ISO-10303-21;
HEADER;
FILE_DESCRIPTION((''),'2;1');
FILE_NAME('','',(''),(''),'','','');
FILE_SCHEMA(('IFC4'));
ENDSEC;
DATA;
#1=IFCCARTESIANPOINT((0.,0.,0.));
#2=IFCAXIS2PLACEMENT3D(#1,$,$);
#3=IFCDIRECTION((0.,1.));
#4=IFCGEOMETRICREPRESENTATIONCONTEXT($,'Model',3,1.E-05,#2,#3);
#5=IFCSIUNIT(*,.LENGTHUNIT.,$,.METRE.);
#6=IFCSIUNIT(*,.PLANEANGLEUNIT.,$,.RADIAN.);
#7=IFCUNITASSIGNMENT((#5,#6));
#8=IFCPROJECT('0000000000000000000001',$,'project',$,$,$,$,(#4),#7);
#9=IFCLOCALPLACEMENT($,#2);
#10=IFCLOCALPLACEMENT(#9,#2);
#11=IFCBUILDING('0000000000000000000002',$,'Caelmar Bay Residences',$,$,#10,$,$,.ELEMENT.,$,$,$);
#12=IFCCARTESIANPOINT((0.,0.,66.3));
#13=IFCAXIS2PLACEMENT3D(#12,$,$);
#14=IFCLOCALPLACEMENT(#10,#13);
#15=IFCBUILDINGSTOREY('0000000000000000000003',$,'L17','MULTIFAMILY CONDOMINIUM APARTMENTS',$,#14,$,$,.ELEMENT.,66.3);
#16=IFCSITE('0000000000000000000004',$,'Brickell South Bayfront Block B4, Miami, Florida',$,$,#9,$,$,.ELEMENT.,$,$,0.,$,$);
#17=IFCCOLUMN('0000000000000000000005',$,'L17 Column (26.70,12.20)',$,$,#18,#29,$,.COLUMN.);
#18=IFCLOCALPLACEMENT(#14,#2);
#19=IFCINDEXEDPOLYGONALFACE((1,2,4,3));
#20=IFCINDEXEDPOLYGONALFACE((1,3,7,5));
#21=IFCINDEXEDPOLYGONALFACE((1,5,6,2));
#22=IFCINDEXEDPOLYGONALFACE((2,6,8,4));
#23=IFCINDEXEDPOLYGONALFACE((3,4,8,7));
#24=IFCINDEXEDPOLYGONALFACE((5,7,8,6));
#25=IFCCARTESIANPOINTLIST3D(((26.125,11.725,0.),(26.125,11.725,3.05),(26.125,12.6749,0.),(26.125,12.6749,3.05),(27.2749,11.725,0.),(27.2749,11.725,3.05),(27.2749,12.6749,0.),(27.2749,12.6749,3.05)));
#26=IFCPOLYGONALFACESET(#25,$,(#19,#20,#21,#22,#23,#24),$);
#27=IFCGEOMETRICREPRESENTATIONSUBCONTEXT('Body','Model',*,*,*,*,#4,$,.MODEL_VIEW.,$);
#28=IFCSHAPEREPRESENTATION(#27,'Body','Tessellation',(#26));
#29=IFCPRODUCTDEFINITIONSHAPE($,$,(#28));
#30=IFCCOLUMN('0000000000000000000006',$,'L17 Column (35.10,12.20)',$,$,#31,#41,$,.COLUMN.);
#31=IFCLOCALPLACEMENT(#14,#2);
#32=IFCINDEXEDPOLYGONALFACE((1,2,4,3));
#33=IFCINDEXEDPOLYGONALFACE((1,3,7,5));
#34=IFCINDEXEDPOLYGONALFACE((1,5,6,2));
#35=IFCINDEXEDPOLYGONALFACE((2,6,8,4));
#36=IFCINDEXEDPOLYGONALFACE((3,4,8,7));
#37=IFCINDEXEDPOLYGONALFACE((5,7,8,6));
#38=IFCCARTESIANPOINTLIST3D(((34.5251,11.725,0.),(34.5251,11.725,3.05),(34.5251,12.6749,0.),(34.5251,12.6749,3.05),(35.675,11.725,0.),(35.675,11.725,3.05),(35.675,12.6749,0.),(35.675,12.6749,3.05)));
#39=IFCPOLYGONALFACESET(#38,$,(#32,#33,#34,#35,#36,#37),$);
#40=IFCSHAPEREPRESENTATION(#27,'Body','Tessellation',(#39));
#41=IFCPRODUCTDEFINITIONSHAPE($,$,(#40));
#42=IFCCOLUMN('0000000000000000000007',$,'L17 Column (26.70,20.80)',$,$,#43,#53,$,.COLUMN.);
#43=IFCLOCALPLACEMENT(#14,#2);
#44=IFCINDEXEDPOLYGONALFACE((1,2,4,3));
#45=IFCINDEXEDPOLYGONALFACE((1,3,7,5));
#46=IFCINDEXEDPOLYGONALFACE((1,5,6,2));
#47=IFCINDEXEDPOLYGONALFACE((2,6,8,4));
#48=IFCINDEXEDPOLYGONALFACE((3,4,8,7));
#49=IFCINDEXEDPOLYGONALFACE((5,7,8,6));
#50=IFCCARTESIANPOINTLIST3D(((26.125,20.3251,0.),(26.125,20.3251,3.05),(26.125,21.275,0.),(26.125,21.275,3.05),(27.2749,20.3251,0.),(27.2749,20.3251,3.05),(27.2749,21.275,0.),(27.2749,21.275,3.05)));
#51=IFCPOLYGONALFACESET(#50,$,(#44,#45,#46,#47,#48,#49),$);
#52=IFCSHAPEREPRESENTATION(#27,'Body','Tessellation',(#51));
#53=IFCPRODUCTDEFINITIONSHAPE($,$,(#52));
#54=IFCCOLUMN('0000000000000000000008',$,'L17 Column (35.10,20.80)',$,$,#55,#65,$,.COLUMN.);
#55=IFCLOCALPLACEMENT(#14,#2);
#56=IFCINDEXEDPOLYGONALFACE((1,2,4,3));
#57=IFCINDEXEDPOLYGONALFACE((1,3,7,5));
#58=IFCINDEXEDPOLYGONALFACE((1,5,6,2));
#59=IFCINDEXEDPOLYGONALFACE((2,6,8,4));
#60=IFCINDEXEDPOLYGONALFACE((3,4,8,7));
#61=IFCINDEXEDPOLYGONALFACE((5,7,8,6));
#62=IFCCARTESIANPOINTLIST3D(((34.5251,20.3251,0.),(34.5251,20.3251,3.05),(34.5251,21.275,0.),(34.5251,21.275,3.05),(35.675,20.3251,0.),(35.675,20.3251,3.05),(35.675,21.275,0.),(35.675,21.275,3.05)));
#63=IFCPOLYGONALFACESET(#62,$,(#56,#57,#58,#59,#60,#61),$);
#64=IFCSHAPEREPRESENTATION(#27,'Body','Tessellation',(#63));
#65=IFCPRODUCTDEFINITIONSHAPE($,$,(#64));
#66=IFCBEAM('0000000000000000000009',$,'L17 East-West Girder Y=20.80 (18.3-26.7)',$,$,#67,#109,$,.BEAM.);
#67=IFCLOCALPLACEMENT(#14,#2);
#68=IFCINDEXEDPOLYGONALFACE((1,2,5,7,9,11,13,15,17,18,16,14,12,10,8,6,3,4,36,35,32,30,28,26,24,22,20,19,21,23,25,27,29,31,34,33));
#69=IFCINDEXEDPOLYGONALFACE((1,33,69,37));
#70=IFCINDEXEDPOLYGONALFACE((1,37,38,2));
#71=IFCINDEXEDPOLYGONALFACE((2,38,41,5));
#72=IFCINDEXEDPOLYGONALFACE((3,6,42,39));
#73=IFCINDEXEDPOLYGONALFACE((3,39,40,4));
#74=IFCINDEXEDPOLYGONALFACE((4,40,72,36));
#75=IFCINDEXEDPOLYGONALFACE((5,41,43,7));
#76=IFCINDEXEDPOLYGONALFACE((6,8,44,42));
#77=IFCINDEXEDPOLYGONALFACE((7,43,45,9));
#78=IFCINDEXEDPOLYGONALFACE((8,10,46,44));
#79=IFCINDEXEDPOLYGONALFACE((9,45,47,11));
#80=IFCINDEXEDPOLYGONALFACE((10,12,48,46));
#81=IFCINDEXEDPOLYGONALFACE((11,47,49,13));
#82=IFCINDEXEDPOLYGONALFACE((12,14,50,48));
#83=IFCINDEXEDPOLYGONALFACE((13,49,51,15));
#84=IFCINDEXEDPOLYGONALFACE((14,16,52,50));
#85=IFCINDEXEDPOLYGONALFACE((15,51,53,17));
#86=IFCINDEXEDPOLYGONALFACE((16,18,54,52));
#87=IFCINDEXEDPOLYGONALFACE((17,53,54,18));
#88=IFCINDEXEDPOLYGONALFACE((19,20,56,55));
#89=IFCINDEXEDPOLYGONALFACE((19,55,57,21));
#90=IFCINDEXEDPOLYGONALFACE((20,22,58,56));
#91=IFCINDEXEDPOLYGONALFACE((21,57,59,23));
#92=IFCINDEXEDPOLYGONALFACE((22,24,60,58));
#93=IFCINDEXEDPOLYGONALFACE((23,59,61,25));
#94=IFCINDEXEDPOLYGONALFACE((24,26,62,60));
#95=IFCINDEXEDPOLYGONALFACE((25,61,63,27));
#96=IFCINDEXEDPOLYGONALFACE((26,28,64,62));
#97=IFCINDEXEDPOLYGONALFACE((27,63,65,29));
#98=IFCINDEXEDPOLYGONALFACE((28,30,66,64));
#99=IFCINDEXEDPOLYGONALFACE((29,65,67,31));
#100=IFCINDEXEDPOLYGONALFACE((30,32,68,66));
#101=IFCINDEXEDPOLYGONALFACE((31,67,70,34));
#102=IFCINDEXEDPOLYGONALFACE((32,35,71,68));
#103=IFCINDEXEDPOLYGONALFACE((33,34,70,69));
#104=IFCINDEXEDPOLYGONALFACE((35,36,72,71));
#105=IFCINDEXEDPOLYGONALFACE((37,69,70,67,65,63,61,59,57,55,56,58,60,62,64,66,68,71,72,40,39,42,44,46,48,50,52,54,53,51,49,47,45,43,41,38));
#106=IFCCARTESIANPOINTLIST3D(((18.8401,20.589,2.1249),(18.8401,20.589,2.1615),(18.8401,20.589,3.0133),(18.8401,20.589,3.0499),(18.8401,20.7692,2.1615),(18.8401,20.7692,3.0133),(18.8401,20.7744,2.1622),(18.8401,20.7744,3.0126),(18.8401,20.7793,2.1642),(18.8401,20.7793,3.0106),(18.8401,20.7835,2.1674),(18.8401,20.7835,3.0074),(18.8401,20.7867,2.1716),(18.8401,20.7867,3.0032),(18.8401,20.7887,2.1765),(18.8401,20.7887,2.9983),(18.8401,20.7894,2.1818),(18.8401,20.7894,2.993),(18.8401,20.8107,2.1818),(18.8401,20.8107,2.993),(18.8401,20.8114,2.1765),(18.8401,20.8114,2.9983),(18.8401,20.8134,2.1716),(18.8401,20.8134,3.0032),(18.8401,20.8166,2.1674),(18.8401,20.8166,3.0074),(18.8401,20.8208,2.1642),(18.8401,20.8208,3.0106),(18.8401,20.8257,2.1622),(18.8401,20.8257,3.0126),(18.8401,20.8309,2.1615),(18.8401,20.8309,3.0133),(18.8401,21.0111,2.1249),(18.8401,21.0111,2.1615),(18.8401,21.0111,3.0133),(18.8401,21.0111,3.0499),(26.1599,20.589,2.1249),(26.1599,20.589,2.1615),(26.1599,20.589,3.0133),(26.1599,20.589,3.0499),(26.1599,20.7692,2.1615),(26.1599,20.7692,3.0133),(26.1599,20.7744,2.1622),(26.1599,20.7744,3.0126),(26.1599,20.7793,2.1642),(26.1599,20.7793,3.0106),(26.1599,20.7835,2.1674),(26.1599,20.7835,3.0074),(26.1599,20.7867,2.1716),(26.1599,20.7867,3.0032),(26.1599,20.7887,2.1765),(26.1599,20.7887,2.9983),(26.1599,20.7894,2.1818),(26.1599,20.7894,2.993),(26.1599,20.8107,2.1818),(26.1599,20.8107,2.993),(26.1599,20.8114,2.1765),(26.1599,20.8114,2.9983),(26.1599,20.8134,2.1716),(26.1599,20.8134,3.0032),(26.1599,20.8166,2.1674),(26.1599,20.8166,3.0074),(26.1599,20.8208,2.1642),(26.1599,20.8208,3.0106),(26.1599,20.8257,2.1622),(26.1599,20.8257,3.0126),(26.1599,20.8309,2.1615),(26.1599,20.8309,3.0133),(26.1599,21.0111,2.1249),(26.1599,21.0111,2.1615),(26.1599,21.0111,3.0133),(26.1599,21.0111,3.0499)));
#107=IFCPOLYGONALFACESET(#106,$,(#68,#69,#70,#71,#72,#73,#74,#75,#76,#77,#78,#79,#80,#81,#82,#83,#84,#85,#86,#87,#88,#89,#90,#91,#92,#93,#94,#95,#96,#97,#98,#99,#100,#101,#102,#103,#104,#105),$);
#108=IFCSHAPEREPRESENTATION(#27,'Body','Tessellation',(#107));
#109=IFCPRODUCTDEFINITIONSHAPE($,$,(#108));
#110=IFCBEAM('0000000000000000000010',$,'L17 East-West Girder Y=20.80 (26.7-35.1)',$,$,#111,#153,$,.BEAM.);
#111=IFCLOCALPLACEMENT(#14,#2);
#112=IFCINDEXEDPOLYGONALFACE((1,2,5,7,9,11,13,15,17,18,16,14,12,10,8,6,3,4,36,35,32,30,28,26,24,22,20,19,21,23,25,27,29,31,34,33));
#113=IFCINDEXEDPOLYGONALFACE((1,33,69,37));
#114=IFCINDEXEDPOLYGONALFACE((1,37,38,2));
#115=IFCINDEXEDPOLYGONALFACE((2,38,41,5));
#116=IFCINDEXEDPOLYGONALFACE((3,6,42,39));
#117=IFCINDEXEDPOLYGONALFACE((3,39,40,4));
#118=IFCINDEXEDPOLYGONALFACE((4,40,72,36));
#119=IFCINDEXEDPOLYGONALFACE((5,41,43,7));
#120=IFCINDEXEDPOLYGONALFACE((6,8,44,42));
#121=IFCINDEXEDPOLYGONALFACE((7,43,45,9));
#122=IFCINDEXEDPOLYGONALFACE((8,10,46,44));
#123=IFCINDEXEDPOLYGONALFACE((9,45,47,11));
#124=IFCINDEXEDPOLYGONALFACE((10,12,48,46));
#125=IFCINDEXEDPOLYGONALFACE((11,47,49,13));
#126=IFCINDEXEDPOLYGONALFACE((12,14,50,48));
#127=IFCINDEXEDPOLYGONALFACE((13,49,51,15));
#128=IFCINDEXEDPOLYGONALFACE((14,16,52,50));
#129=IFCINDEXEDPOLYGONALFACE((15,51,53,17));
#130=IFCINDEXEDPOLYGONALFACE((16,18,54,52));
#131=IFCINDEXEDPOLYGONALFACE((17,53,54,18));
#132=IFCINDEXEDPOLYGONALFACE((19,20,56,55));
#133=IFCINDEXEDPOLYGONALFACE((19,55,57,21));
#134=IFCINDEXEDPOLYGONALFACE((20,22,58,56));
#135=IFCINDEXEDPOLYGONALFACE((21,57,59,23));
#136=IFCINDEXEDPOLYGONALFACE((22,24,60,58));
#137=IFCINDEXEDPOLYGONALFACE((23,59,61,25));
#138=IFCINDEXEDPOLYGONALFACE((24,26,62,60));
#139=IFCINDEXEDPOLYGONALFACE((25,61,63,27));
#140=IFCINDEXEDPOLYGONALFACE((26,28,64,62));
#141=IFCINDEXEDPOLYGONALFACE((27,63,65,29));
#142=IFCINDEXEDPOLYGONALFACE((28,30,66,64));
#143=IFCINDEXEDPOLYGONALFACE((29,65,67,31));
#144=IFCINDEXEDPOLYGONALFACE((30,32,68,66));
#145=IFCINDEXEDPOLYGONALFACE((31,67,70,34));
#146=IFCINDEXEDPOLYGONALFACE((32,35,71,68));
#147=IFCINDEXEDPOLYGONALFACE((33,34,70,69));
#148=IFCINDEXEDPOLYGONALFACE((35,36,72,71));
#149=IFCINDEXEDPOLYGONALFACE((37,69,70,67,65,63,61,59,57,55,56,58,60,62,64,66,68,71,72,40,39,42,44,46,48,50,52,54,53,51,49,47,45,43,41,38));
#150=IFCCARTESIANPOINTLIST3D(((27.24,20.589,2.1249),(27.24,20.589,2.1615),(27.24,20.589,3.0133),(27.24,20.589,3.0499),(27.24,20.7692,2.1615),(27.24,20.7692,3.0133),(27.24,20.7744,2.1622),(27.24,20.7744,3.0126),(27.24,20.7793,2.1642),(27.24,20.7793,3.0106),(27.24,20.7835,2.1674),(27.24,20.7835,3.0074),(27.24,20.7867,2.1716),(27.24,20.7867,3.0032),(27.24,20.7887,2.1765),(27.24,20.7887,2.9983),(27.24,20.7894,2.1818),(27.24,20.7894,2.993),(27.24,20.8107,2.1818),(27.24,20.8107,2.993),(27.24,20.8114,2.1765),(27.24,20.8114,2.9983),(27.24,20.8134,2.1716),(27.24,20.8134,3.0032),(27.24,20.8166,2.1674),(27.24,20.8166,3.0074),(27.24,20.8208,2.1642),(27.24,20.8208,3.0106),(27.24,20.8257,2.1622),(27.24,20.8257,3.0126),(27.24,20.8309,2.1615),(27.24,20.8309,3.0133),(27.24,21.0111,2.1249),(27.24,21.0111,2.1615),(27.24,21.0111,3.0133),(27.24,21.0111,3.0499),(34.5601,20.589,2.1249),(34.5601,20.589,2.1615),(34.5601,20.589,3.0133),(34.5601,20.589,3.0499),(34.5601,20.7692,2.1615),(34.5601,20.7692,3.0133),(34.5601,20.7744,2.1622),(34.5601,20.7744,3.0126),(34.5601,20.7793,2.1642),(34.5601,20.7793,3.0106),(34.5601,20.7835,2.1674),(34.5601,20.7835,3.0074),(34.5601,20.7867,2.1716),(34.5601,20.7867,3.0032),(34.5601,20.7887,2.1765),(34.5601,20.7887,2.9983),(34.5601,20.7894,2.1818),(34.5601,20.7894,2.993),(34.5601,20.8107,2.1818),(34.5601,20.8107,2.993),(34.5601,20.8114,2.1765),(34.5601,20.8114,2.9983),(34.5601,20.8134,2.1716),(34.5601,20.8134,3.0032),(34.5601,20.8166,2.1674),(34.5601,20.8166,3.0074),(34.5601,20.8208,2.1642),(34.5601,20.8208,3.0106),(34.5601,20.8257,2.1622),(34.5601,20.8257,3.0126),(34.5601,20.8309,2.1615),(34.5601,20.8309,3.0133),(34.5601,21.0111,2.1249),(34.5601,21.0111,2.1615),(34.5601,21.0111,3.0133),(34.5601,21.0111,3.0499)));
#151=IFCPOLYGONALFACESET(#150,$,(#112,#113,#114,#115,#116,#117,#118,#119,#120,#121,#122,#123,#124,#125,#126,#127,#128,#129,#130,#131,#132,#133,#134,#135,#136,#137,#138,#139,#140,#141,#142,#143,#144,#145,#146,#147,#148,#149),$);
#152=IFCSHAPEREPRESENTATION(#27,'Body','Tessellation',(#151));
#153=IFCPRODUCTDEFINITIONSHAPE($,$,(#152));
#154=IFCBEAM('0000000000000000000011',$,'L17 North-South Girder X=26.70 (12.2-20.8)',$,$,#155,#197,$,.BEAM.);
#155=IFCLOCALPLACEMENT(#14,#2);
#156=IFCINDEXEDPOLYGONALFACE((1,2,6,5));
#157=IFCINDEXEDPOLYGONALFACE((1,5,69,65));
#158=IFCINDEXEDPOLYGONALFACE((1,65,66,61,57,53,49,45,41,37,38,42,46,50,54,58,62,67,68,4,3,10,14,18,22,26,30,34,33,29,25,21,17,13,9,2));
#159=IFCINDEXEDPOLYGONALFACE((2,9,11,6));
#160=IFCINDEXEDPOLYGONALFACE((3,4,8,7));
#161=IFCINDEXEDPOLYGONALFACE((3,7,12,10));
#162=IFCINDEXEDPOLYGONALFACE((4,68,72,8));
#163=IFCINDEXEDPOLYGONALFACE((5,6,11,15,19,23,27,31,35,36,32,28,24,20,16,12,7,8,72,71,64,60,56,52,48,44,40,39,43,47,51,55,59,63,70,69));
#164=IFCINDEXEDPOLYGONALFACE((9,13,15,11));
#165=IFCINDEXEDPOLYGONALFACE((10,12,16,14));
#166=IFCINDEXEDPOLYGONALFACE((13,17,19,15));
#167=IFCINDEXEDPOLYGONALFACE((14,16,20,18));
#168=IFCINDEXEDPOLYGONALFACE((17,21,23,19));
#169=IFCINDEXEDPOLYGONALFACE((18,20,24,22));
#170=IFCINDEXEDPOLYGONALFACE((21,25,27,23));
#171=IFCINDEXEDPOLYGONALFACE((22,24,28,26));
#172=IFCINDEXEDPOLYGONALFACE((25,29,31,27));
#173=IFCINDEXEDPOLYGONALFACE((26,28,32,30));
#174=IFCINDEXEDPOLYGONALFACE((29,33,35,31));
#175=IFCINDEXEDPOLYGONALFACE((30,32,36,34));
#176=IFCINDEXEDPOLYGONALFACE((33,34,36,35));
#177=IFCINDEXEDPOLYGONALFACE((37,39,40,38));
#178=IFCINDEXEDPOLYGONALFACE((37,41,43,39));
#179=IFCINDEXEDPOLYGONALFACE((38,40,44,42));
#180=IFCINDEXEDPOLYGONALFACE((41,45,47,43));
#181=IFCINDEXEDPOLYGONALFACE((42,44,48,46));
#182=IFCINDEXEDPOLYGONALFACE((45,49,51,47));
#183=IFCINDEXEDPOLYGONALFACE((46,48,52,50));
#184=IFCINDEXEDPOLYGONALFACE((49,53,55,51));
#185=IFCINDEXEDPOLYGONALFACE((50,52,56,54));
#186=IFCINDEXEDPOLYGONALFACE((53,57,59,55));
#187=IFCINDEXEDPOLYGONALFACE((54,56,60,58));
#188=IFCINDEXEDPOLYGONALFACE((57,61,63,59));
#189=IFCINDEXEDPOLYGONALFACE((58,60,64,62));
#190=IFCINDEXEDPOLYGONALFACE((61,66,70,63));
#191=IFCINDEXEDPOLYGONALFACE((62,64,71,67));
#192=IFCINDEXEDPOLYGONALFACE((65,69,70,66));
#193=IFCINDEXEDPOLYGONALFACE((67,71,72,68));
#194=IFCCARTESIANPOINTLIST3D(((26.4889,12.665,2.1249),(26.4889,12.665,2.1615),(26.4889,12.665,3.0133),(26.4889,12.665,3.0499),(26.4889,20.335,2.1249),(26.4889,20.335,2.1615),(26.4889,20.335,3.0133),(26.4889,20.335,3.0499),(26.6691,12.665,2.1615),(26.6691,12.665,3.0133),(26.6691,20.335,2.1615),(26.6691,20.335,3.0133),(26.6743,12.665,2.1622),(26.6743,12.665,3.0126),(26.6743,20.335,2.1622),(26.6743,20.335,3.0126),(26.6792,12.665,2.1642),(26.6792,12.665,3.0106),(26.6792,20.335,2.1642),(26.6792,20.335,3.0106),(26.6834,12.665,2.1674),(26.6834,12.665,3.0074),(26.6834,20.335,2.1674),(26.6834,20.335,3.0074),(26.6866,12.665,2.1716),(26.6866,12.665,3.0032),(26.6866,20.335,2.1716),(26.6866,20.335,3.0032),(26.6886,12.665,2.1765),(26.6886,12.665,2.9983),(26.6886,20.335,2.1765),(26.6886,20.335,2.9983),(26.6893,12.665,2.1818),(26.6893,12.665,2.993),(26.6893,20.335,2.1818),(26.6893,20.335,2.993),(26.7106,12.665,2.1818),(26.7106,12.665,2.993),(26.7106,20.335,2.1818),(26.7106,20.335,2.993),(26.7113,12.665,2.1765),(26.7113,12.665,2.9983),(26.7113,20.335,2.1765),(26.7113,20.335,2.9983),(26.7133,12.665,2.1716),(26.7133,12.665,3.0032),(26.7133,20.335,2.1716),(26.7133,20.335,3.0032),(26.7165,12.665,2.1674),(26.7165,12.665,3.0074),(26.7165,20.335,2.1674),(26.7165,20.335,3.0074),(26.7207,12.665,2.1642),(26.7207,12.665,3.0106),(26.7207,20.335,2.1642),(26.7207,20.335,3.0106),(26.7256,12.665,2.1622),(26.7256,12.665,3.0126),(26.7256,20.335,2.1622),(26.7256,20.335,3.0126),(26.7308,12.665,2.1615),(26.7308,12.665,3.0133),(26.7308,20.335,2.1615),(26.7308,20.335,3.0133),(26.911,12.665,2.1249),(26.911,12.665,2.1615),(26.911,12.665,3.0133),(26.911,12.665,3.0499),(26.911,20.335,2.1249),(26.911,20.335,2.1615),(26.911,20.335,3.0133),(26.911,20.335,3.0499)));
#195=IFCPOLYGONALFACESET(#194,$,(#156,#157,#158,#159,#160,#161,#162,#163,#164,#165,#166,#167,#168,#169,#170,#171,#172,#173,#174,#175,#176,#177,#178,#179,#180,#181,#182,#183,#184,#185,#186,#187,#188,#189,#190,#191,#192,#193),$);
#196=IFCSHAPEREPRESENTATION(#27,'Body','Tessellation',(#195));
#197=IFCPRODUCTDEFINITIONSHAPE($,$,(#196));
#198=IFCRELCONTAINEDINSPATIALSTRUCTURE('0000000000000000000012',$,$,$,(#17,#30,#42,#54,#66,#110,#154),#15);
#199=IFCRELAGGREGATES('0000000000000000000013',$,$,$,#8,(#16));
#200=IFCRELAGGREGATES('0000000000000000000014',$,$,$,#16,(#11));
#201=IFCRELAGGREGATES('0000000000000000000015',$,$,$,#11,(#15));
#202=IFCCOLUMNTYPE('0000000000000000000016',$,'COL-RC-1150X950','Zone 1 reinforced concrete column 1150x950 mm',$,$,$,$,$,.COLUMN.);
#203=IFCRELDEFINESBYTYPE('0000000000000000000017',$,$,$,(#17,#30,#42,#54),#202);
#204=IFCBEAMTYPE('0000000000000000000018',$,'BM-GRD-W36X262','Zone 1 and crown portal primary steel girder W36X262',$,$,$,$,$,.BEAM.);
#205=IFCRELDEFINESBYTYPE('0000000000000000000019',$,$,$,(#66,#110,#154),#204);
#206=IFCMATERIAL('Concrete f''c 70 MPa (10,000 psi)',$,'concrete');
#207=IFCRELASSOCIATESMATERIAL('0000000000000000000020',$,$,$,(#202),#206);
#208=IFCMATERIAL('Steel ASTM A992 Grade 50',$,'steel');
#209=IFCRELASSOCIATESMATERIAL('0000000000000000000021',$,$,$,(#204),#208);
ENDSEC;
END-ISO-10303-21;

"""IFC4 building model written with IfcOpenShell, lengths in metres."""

from ifc_helpers import new_model, si_unit, direction, frame, origin, origin_2d, place, context, subcontext, project, spatial, rectangle, i_section, extrude, material, material_profile, profile_set, type_object, element, save


model = new_model("IFC4")

# Units and contexts
model_context = context("Model", 3, precision=1e-05, world=origin(), true_north=direction((0.0, 1.0)))
body_context = subcontext(model_context, "Body", "Model", "MODEL_VIEW")
ifc_project = project(units=[si_unit("LENGTHUNIT", "METRE"), si_unit("PLANEANGLEUNIT", "RADIAN")], contexts=[model_context])

# Site, building, storey
site_placement = place(None, origin())
site = spatial("IfcSite", under=ifc_project, at=site_placement, Name="Brickell South Bayfront Block B4, Miami, Florida", CompositionType="ELEMENT", RefElevation=0.0)
building_placement = place(site_placement, origin())
building = spatial("IfcBuilding", under=site, at=building_placement, Name="Caelmar Bay Residences", CompositionType="ELEMENT")
storey_placement = place(building_placement, frame((0.0, 0.0, 66.3)))
storey = spatial("IfcBuildingStorey", under=building, at=storey_placement, Name="L17", Description="MULTIFAMILY CONDOMINIUM APARTMENTS", CompositionType="ELEMENT", Elevation=66.3)

# Columns
ifc_material_1 = material(Name="Concrete f'c 70 MPa (10,000 psi)", Category="concrete")
ifc_material_profile_1 = material_profile(ifc_material_1, rectangle(XDim=1.1499, YDim=0.95, at=origin_2d()), Name="RC-COL-1150X950")
ifc_profile_set_1 = profile_set([ifc_material_profile_1], Name="Concrete f'c 70 MPa (10,000 psi)")
column_type = type_object("IfcColumnType", Name="COL-RC-1150X950", Description="Zone 1 reinforced concrete column 1150x950 mm", PredefinedType="COLUMN", material=ifc_profile_set_1)
for number, where, z_axis, x_axis, name in (
    (1, (26.7, 12.2, 0.0), (0.0, 0.0, 1.0), (1.0, 0.0, 0.0), "L17 Column (26.70,12.20)"),
    (2, (35.1001, 12.2, 0.0), (0.0, 0.0, 1.0), (1.0, 0.0, 0.0), "L17 Column (35.10,12.20)"),
    (3, (26.7, 20.8, 0.0), (0.0, 0.0, 1.0), (1.0, 0.0, 0.0), "L17 Column (26.70,20.80)"),
    (4, (35.1001, 20.8, 0.0), (0.0, 0.0, 1.0), (1.0, 0.0, 0.0), "L17 Column (35.10,20.80)"),
):
    element("IfcColumn", number, at=place(storey_placement, frame(where, z_axis=z_axis, x_axis=x_axis)), inside=storey, type_object=column_type, Name=name, PredefinedType="COLUMN", context=body_context, shape_type="SweptSolid", body=[
        extrude(rectangle(XDim=1.1499, YDim=0.95, at=origin_2d()), origin(), (0.0, 0.0, 1.0), 3.05),
    ])

# Beams
ifc_material_2 = material(Name="Steel ASTM A992 Grade 50", Category="steel")
ifc_material_profile_2 = material_profile(ifc_material_2, i_section(OverallWidth=0.4221, OverallDepth=0.925, WebThickness=0.0212, FlangeThickness=0.0366, FilletRadius=0.0203, at=origin_2d()), Name="W36X262")
ifc_profile_set_2 = profile_set([ifc_material_profile_2], Name="Steel ASTM A992 Grade 50")
beam_type_1 = type_object("IfcBeamType", Name="BM-GRD-W36X262", Description="Zone 1 and crown portal primary steel girder W36X262", PredefinedType="BEAM", material=ifc_profile_set_2)
beam_1_placement = place(storey_placement, frame((18.8401, 20.8, 2.5874), z_axis=(1.0, 0.0, 0.0), x_axis=(0.0, 1.0, 0.0)))
element("IfcBeam", 5, at=beam_1_placement, inside=storey, type_object=beam_type_1, Name="L17 East-West Girder Y=20.80 (18.3-26.7)", PredefinedType="BEAM", context=body_context, shape_type="SweptSolid", body=[
    extrude(i_section(OverallWidth=0.4221, OverallDepth=0.925, WebThickness=0.0212, FlangeThickness=0.0366, FilletRadius=0.0203, at=origin_2d()), origin(), (0.0, 0.0, 1.0), 7.3198),
])
beam_2_placement = place(storey_placement, frame((27.24, 20.8, 2.5874), z_axis=(1.0, 0.0, 0.0), x_axis=(0.0, 1.0, 0.0)))
element("IfcBeam", 6, at=beam_2_placement, inside=storey, type_object=beam_type_1, Name="L17 East-West Girder Y=20.80 (26.7-35.1)", PredefinedType="BEAM", context=body_context, shape_type="SweptSolid", body=[
    extrude(i_section(OverallWidth=0.4221, OverallDepth=0.925, WebThickness=0.0212, FlangeThickness=0.0366, FilletRadius=0.0203, at=origin_2d()), origin(), (0.0, 0.0, 1.0), 7.3201),
])
for number, where, z_axis, x_axis, name in (
    (7, (26.7, 12.665, 2.5874), (0.0, 1.0, 0.0), (-1.0, 0.0, 0.0), "L17 North-South Girder X=26.70 (12.2-20.8)"),
):
    element("IfcBeam", number, at=place(storey_placement, frame(where, z_axis=z_axis, x_axis=x_axis)), inside=storey, type_object=beam_type_1, Name=name, PredefinedType="BEAM", context=body_context, shape_type="SweptSolid", body=[
        extrude(i_section(OverallWidth=0.4221, OverallDepth=0.925, WebThickness=0.0212, FlangeThickness=0.0366, FilletRadius=0.0203, at=origin_2d()), origin(), (0.0, 0.0, 1.0), 7.6699),
    ])

save(model, "model.ifc")
